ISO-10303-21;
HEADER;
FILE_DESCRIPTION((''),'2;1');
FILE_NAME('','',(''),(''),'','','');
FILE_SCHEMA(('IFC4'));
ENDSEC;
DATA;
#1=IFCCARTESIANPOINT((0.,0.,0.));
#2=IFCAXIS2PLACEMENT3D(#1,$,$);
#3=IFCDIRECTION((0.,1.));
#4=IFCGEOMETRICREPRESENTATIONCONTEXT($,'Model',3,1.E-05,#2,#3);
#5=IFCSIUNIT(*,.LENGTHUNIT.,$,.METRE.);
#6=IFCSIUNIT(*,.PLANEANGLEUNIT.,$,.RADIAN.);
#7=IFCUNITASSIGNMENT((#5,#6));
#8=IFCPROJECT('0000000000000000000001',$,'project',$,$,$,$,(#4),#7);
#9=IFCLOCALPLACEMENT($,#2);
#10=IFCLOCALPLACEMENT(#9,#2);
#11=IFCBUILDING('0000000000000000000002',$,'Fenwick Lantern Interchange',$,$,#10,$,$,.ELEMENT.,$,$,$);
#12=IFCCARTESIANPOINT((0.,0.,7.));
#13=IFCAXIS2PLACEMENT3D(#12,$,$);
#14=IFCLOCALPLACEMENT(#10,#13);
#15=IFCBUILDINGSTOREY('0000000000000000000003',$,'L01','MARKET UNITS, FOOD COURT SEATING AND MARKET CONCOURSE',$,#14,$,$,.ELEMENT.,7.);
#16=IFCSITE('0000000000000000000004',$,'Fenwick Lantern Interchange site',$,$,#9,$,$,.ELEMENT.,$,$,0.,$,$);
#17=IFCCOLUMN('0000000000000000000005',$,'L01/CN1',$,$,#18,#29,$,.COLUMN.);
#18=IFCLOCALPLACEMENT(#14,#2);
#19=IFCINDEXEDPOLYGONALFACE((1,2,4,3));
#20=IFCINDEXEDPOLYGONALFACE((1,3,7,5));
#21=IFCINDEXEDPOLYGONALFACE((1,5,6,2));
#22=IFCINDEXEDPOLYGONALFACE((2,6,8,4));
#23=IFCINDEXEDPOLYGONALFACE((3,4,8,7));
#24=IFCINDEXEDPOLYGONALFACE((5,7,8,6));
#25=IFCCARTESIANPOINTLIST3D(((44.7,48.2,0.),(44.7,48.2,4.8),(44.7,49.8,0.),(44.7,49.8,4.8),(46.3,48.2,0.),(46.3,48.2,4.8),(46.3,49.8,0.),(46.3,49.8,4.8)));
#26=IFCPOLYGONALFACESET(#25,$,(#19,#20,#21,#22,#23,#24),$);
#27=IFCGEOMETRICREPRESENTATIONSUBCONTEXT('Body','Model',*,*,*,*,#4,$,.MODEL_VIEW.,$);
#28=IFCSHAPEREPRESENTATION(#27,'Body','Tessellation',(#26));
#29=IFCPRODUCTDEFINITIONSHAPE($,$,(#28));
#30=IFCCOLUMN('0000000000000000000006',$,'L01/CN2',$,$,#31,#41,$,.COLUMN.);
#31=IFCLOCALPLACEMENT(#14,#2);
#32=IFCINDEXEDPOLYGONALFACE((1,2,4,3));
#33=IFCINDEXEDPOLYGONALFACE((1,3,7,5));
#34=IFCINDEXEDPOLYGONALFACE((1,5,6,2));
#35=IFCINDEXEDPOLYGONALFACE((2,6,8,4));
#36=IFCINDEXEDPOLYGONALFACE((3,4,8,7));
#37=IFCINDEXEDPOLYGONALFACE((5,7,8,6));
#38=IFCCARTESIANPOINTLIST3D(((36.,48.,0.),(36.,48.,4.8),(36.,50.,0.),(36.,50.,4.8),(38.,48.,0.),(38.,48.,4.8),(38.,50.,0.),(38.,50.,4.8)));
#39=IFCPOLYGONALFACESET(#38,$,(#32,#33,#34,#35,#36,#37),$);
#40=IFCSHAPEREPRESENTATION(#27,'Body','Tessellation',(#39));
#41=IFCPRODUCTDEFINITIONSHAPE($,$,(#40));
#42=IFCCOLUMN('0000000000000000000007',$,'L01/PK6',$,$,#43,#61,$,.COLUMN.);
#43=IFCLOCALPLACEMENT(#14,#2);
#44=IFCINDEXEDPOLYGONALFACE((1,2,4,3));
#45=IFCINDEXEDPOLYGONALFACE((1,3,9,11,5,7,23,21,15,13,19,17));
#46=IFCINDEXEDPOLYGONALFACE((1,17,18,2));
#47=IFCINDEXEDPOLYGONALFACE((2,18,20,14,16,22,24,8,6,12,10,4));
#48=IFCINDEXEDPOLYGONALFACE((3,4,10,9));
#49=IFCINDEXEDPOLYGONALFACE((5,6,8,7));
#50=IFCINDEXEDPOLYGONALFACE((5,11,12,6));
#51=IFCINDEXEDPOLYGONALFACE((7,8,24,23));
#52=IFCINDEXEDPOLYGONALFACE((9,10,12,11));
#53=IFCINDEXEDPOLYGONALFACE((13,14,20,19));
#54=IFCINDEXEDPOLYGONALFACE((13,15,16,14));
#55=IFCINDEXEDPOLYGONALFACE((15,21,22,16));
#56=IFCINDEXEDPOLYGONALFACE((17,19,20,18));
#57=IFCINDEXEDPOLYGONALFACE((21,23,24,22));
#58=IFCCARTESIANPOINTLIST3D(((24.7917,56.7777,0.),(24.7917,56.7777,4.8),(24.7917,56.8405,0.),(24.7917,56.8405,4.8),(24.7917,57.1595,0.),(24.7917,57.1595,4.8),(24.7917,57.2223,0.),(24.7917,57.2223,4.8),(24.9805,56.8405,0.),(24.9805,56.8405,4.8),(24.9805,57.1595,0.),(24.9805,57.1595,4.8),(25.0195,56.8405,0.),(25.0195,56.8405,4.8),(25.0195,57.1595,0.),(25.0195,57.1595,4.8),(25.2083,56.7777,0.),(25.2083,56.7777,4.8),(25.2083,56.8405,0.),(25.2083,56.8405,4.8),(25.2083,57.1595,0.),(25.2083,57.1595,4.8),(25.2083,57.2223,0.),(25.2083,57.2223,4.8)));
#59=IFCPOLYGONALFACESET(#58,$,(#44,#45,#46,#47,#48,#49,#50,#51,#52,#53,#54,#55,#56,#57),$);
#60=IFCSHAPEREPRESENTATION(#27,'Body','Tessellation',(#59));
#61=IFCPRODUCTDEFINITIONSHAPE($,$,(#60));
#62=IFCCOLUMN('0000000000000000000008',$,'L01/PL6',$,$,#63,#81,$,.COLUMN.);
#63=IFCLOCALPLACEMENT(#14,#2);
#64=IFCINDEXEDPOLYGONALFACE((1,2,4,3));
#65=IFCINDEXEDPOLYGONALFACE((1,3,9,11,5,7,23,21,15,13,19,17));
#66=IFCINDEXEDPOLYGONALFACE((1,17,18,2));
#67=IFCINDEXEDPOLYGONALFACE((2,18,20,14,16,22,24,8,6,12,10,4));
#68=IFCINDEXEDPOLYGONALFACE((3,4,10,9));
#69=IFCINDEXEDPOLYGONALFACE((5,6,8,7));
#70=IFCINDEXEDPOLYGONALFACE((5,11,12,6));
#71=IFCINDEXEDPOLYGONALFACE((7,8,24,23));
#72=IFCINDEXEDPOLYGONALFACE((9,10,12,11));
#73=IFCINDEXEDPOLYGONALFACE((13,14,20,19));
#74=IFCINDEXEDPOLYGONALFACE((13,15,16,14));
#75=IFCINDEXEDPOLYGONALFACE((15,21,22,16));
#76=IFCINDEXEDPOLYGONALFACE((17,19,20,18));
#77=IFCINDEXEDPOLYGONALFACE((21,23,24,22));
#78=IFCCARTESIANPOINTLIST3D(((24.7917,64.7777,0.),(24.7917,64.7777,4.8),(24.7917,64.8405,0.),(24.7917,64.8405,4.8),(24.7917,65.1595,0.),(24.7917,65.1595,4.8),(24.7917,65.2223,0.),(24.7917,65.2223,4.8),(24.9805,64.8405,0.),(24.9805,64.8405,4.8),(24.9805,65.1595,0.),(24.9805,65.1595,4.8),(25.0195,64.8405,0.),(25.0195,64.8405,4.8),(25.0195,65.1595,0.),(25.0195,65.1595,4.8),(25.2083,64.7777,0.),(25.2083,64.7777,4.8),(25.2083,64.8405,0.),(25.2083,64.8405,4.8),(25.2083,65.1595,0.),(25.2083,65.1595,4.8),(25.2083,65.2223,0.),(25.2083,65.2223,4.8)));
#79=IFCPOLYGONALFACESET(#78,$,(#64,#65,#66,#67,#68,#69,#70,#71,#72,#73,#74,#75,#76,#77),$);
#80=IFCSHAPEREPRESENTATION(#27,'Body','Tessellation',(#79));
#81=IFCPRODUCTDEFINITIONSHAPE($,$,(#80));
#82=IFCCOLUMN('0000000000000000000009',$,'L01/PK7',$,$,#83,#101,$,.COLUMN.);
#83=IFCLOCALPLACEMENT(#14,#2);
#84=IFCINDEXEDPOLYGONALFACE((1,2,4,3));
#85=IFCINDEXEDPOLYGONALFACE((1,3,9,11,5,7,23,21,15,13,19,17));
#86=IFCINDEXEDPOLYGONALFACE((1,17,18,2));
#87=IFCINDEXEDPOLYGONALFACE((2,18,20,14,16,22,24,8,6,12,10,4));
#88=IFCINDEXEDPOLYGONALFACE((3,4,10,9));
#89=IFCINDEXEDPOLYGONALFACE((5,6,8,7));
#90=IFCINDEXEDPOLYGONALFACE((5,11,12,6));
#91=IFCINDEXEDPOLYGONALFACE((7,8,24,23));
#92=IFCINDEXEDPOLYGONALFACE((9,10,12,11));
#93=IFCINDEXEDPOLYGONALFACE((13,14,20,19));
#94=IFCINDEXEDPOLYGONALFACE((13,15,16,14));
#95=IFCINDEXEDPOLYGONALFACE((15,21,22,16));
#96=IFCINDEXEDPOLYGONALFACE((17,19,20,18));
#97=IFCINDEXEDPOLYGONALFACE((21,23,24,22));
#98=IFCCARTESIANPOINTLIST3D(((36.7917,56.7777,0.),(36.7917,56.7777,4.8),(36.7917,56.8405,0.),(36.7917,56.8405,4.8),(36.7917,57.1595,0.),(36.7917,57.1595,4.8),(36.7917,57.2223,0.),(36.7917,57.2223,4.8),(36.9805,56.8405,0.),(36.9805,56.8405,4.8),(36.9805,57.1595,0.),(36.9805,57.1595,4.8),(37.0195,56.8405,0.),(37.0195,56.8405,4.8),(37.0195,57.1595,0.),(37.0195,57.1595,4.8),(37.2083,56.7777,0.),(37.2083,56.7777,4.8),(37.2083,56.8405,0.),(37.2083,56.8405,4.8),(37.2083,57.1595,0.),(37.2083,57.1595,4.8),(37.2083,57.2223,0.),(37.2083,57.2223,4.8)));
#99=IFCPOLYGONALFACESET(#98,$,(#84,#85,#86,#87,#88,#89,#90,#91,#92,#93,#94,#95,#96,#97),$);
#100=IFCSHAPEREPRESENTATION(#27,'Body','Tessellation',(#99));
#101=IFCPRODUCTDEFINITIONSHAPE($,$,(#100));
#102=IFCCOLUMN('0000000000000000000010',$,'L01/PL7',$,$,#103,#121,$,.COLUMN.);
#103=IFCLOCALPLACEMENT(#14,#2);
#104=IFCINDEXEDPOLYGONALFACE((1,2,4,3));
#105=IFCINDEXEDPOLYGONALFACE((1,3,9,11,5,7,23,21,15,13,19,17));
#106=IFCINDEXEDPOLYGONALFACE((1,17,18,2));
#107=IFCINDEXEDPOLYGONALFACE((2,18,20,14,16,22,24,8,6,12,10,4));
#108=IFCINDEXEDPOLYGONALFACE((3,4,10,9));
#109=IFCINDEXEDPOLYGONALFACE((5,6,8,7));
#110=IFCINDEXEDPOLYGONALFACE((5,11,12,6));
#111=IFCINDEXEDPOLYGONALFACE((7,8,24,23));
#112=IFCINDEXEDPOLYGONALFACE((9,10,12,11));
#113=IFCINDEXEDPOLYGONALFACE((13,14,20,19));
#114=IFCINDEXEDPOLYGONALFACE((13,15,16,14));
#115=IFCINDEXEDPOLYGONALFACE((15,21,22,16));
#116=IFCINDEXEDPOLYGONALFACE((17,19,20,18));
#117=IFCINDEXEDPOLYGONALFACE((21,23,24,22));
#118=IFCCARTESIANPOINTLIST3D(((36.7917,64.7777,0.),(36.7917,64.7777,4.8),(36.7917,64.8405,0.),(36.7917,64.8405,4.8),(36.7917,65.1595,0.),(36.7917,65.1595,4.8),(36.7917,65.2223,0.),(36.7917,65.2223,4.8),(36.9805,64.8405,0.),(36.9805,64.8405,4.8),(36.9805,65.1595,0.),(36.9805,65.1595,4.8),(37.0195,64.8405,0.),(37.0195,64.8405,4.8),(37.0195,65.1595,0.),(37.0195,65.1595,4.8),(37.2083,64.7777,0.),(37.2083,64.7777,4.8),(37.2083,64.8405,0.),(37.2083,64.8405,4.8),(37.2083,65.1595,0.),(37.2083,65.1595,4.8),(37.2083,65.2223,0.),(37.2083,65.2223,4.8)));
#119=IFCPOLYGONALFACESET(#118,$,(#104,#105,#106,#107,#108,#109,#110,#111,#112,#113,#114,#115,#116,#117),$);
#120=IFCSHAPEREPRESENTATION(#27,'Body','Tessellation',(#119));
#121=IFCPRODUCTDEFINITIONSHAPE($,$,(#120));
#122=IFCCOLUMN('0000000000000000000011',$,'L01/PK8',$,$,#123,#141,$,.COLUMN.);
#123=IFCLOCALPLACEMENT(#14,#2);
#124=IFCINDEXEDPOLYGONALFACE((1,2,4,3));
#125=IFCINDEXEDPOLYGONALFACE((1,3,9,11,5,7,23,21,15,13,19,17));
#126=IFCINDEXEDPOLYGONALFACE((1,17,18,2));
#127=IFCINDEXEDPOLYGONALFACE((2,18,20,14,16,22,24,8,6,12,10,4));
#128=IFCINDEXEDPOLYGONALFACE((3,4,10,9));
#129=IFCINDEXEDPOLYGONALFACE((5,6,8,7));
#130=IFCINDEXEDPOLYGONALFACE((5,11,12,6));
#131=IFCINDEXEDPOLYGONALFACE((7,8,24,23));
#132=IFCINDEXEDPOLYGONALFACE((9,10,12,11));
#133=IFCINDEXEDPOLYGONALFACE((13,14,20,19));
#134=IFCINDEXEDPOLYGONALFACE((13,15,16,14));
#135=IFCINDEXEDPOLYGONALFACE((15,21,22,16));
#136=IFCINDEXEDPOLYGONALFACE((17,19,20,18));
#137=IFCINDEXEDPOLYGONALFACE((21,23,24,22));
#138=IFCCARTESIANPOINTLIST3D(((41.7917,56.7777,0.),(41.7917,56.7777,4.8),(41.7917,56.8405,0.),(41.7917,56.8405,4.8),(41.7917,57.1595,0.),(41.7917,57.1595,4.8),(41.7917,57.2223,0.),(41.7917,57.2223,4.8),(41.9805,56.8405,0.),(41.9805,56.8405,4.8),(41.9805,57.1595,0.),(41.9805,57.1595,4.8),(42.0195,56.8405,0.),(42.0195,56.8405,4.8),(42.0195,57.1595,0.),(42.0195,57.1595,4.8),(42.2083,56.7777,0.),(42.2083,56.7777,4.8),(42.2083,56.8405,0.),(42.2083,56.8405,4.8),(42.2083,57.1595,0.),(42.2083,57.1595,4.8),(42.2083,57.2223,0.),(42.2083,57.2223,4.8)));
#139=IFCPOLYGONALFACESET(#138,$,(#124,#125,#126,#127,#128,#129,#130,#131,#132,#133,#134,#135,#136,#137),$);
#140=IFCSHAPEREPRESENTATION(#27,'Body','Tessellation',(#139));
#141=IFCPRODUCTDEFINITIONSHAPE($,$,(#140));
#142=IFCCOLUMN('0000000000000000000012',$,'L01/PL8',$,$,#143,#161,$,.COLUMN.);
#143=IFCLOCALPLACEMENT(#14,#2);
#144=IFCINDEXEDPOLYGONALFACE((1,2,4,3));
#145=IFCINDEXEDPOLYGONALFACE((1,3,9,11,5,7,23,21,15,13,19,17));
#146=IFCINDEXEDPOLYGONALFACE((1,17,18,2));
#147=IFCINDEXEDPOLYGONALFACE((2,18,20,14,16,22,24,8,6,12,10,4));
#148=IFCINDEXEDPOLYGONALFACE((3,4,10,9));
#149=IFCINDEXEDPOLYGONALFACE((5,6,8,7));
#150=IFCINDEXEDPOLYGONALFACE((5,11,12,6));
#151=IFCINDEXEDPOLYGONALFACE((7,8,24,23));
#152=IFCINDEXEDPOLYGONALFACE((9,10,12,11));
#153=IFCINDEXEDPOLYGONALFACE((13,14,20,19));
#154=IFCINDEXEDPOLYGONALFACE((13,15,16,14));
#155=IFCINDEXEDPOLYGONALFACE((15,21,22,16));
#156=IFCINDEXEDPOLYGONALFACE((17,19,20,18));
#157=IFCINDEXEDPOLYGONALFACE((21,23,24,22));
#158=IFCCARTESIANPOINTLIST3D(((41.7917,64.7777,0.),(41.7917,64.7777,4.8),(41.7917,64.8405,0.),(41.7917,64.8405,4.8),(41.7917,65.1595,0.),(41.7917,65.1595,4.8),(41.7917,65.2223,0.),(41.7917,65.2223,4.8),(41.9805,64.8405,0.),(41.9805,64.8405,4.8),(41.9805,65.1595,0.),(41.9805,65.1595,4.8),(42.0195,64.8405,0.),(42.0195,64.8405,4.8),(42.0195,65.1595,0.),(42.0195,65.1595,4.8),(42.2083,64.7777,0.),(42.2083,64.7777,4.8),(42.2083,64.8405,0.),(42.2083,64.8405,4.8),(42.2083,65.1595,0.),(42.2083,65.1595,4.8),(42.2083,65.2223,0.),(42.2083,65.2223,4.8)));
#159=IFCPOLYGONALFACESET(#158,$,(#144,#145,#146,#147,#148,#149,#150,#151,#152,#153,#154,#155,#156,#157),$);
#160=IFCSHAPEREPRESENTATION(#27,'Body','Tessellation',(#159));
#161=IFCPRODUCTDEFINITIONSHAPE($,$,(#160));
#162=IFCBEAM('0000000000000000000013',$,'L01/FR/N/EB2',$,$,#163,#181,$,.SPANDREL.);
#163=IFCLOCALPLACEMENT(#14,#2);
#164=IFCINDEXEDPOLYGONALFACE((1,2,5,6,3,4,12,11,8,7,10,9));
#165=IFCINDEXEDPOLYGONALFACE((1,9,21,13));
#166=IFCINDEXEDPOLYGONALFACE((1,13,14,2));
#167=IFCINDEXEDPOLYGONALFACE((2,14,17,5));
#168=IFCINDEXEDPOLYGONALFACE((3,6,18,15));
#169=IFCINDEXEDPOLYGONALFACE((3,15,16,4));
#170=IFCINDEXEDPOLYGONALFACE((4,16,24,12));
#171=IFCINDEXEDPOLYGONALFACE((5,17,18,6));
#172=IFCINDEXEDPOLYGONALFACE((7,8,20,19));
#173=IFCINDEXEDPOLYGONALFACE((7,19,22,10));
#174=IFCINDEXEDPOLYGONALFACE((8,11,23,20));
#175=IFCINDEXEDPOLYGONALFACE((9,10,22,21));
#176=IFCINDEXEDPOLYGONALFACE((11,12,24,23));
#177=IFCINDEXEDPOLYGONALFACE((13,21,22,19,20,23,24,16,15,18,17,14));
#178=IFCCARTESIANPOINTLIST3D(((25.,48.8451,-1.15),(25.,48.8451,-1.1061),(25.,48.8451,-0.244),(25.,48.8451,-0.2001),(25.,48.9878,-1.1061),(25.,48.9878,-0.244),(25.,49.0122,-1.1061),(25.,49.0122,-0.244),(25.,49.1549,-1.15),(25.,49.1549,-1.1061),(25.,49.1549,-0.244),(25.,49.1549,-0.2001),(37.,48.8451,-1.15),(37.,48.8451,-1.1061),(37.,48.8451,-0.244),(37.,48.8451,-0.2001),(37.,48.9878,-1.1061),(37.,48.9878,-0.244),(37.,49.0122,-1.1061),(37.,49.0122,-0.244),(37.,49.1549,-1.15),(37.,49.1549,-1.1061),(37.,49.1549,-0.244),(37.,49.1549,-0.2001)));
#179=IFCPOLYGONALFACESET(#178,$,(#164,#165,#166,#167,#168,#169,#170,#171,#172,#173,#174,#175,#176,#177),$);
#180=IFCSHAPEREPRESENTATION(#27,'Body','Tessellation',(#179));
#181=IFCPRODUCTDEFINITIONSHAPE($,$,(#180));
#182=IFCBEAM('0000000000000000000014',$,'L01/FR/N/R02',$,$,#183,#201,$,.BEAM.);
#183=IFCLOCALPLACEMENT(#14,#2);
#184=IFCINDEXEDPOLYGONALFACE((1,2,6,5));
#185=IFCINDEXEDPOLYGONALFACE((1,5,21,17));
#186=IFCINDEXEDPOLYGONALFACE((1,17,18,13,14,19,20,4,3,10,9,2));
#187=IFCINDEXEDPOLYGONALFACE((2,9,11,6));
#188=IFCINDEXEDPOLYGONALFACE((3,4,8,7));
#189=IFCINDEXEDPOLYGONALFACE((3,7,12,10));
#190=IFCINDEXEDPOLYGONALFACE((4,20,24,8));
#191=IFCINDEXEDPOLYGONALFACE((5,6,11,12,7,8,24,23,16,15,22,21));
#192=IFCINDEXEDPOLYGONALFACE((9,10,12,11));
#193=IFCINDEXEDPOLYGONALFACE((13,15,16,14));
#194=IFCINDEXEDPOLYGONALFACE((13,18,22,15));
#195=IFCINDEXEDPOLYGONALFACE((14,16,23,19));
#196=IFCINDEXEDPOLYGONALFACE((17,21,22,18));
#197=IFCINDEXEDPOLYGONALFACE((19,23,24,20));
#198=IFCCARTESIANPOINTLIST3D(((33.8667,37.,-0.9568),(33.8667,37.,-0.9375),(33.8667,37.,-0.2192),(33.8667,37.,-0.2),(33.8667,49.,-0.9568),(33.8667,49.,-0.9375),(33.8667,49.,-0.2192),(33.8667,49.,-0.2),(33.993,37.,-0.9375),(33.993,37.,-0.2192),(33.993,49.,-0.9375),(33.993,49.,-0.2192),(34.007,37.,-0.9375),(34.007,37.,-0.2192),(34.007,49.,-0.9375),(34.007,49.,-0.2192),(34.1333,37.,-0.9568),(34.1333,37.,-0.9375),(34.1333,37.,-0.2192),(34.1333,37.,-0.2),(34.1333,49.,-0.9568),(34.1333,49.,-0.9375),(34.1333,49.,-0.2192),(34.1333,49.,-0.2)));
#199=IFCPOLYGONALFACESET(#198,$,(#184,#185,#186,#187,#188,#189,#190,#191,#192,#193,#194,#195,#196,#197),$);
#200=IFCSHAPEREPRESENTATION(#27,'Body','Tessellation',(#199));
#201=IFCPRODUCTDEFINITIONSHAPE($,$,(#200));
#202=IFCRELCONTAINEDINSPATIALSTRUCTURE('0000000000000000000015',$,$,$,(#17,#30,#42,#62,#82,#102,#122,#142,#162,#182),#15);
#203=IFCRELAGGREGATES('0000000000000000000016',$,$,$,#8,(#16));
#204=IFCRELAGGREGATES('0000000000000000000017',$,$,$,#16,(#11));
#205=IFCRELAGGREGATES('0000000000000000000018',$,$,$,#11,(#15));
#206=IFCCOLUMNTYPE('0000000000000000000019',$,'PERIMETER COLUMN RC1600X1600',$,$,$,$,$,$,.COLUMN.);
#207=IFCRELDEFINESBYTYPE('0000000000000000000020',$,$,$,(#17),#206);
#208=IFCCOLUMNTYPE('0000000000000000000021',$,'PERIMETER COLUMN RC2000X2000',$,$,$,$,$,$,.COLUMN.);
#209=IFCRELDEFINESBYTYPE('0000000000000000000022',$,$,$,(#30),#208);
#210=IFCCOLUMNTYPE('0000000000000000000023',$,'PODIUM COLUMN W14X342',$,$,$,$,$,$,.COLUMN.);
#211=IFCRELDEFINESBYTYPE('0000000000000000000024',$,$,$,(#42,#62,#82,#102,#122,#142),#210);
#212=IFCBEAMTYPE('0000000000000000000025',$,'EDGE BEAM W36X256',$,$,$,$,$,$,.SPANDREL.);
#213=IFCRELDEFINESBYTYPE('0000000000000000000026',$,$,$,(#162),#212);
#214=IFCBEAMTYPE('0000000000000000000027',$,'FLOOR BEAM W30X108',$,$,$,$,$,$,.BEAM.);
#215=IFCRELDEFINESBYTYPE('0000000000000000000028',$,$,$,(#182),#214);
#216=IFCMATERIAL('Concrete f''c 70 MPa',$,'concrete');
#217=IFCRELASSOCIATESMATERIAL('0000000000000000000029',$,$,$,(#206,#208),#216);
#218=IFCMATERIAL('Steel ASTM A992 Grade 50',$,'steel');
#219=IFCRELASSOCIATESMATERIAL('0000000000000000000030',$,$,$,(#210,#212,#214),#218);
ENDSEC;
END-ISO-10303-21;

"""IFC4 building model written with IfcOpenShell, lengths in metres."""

from ifc_helpers import new_model, si_unit, direction, frame, origin, origin_2d, place, context, subcontext, project, spatial, rectangle, i_section, extrude, material, material_profile, profile_set, type_object, element, save


model = new_model("IFC4")

# Units and contexts
model_context = context("Model", 3, precision=1e-05, world=origin(), true_north=direction((0.0, 1.0)))
body_context = subcontext(model_context, "Body", "Model", "MODEL_VIEW")
ifc_project = project(units=[si_unit("LENGTHUNIT", "METRE"), si_unit("PLANEANGLEUNIT", "RADIAN")], contexts=[model_context])

# Site, building, storey
site_placement = place(None, origin())
site = spatial("IfcSite", under=ifc_project, at=site_placement, Name="Fenwick Lantern Interchange site", CompositionType="ELEMENT", RefElevation=0.0)
building_placement = place(site_placement, origin())
building = spatial("IfcBuilding", under=site, at=building_placement, Name="Fenwick Lantern Interchange", CompositionType="ELEMENT")
storey_placement = place(building_placement, frame((0.0, 0.0, 7.0)))
storey = spatial("IfcBuildingStorey", under=building, at=storey_placement, Name="L01", Description="MARKET UNITS, FOOD COURT SEATING AND MARKET CONCOURSE", CompositionType="ELEMENT", Elevation=7.0)

# Columns
ifc_material_1 = material(Name="Concrete f'c 70 MPa", Category="concrete")
ifc_material_profile_1 = material_profile(ifc_material_1, rectangle(XDim=1.6001, YDim=1.6001, at=origin_2d()), Name="RC1600X1600")
ifc_profile_set_1 = profile_set([ifc_material_profile_1], Name="Concrete f'c 70 MPa")
column_type_1 = type_object("IfcColumnType", Name="PERIMETER COLUMN RC1600X1600", PredefinedType="COLUMN", material=ifc_profile_set_1)
column_1_placement = place(storey_placement, frame((45.5, 49.0, 0.0), z_axis=(0.0, 0.0, 1.0), x_axis=(1.0, 0.0, 0.0)))
element("IfcColumn", 1, at=column_1_placement, inside=storey, type_object=column_type_1, Name="L01/CN1", PredefinedType="COLUMN", context=body_context, shape_type="SweptSolid", body=[
    extrude(rectangle(XDim=1.6001, YDim=1.6001, at=origin_2d()), origin(), (0.0, 0.0, 1.0), 4.8),
])
ifc_material_profile_2 = material_profile(ifc_material_1, rectangle(XDim=2.0, YDim=2.0, at=origin_2d()), Name="RC2000X2000")
ifc_profile_set_2 = profile_set([ifc_material_profile_2], Name="Concrete f'c 70 MPa")
column_type_2 = type_object("IfcColumnType", Name="PERIMETER COLUMN RC2000X2000", PredefinedType="COLUMN", material=ifc_profile_set_2)
column_2_placement = place(storey_placement, frame((37.0, 49.0, 0.0), z_axis=(0.0, 0.0, 1.0), x_axis=(1.0, 0.0, 0.0)))
element("IfcColumn", 2, at=column_2_placement, inside=storey, type_object=column_type_2, Name="L01/CN2", PredefinedType="COLUMN", context=body_context, shape_type="SweptSolid", body=[
    extrude(rectangle(XDim=2.0, YDim=2.0, at=origin_2d()), origin(), (0.0, 0.0, 1.0), 4.8),
])
ifc_material_2 = material(Name="Steel ASTM A992 Grade 50", Category="steel")
ifc_material_profile_3 = material_profile(ifc_material_2, i_section(OverallWidth=0.4165, OverallDepth=0.4446, WebThickness=0.0391, FlangeThickness=0.0627, at=origin_2d()), Name="W14X342")
ifc_profile_set_3 = profile_set([ifc_material_profile_3], Name="Steel ASTM A992 Grade 50")
column_type_3 = type_object("IfcColumnType", Name="PODIUM COLUMN W14X342", PredefinedType="COLUMN", material=ifc_profile_set_3)
for number, where, z_axis, x_axis, name in (
    (3, (25.0, 57.0, 0.0), (0.0, 0.0, 1.0), (1.0, 0.0, 0.0), "L01/PK6"),
    (4, (25.0, 65.0, 0.0), (0.0, 0.0, 1.0), (1.0, 0.0, 0.0), "L01/PL6"),
    (5, (37.0, 57.0, 0.0), (0.0, 0.0, 1.0), (1.0, 0.0, 0.0), "L01/PK7"),
    (6, (37.0, 65.0, 0.0), (0.0, 0.0, 1.0), (1.0, 0.0, 0.0), "L01/PL7"),
    (7, (42.0, 57.0, 0.0), (0.0, 0.0, 1.0), (1.0, 0.0, 0.0), "L01/PK8"),
    (8, (42.0, 65.0, 0.0), (0.0, 0.0, 1.0), (1.0, 0.0, 0.0), "L01/PL8"),
):
    element("IfcColumn", number, at=place(storey_placement, frame(where, z_axis=z_axis, x_axis=x_axis)), inside=storey, type_object=column_type_3, Name=name, PredefinedType="COLUMN", context=body_context, shape_type="SweptSolid", body=[
        extrude(i_section(OverallWidth=0.4165, OverallDepth=0.4446, WebThickness=0.0391, FlangeThickness=0.0627, at=origin_2d()), origin(), (0.0, 0.0, 1.0), 4.8),
    ])

# Beams
ifc_material_profile_4 = material_profile(ifc_material_2, i_section(OverallWidth=0.3098, OverallDepth=0.95, WebThickness=0.0244, FlangeThickness=0.0439, at=origin_2d()), Name="W36X256")
ifc_profile_set_4 = profile_set([ifc_material_profile_4], Name="Steel ASTM A992 Grade 50")
beam_type_1 = type_object("IfcBeamType", Name="EDGE BEAM W36X256", PredefinedType="SPANDREL", material=ifc_profile_set_4)
beam_1_placement = place(storey_placement, frame((37.0, 49.0, -0.675), z_axis=(-1.0, 0.0, 0.0), x_axis=(0.0, -1.0, 0.0)))
element("IfcBeam", 9, at=beam_1_placement, inside=storey, type_object=beam_type_1, Name="L01/FR/N/EB2", PredefinedType="SPANDREL", context=body_context, shape_type="SweptSolid", body=[
    extrude(i_section(OverallWidth=0.3098, OverallDepth=0.95, WebThickness=0.0244, FlangeThickness=0.0439, at=origin_2d()), origin(), (0.0, 0.0, 1.0), 12.0),
])
ifc_material_profile_5 = material_profile(ifc_material_2, i_section(OverallWidth=0.2666, OverallDepth=0.7568, WebThickness=0.0139, FlangeThickness=0.0193, at=origin_2d()), Name="W30X108")
ifc_profile_set_5 = profile_set([ifc_material_profile_5], Name="Steel ASTM A992 Grade 50")
beam_type_2 = type_object("IfcBeamType", Name="FLOOR BEAM W30X108", PredefinedType="BEAM", material=ifc_profile_set_5)
for number, where, z_axis, x_axis, name in (
    (10, (34.0, 49.0, -0.5784), (0.0, -1.0, 0.0), (1.0, 0.0, 0.0), "L01/FR/N/R02"),
):
    element("IfcBeam", number, at=place(storey_placement, frame(where, z_axis=z_axis, x_axis=x_axis)), inside=storey, type_object=beam_type_2, Name=name, PredefinedType="BEAM", context=body_context, shape_type="SweptSolid", body=[
        extrude(i_section(OverallWidth=0.2666, OverallDepth=0.7568, WebThickness=0.0139, FlangeThickness=0.0193, at=origin_2d()), origin(), (0.0, 0.0, 1.0), 12.0),
    ])

save(model, "model.ifc")
